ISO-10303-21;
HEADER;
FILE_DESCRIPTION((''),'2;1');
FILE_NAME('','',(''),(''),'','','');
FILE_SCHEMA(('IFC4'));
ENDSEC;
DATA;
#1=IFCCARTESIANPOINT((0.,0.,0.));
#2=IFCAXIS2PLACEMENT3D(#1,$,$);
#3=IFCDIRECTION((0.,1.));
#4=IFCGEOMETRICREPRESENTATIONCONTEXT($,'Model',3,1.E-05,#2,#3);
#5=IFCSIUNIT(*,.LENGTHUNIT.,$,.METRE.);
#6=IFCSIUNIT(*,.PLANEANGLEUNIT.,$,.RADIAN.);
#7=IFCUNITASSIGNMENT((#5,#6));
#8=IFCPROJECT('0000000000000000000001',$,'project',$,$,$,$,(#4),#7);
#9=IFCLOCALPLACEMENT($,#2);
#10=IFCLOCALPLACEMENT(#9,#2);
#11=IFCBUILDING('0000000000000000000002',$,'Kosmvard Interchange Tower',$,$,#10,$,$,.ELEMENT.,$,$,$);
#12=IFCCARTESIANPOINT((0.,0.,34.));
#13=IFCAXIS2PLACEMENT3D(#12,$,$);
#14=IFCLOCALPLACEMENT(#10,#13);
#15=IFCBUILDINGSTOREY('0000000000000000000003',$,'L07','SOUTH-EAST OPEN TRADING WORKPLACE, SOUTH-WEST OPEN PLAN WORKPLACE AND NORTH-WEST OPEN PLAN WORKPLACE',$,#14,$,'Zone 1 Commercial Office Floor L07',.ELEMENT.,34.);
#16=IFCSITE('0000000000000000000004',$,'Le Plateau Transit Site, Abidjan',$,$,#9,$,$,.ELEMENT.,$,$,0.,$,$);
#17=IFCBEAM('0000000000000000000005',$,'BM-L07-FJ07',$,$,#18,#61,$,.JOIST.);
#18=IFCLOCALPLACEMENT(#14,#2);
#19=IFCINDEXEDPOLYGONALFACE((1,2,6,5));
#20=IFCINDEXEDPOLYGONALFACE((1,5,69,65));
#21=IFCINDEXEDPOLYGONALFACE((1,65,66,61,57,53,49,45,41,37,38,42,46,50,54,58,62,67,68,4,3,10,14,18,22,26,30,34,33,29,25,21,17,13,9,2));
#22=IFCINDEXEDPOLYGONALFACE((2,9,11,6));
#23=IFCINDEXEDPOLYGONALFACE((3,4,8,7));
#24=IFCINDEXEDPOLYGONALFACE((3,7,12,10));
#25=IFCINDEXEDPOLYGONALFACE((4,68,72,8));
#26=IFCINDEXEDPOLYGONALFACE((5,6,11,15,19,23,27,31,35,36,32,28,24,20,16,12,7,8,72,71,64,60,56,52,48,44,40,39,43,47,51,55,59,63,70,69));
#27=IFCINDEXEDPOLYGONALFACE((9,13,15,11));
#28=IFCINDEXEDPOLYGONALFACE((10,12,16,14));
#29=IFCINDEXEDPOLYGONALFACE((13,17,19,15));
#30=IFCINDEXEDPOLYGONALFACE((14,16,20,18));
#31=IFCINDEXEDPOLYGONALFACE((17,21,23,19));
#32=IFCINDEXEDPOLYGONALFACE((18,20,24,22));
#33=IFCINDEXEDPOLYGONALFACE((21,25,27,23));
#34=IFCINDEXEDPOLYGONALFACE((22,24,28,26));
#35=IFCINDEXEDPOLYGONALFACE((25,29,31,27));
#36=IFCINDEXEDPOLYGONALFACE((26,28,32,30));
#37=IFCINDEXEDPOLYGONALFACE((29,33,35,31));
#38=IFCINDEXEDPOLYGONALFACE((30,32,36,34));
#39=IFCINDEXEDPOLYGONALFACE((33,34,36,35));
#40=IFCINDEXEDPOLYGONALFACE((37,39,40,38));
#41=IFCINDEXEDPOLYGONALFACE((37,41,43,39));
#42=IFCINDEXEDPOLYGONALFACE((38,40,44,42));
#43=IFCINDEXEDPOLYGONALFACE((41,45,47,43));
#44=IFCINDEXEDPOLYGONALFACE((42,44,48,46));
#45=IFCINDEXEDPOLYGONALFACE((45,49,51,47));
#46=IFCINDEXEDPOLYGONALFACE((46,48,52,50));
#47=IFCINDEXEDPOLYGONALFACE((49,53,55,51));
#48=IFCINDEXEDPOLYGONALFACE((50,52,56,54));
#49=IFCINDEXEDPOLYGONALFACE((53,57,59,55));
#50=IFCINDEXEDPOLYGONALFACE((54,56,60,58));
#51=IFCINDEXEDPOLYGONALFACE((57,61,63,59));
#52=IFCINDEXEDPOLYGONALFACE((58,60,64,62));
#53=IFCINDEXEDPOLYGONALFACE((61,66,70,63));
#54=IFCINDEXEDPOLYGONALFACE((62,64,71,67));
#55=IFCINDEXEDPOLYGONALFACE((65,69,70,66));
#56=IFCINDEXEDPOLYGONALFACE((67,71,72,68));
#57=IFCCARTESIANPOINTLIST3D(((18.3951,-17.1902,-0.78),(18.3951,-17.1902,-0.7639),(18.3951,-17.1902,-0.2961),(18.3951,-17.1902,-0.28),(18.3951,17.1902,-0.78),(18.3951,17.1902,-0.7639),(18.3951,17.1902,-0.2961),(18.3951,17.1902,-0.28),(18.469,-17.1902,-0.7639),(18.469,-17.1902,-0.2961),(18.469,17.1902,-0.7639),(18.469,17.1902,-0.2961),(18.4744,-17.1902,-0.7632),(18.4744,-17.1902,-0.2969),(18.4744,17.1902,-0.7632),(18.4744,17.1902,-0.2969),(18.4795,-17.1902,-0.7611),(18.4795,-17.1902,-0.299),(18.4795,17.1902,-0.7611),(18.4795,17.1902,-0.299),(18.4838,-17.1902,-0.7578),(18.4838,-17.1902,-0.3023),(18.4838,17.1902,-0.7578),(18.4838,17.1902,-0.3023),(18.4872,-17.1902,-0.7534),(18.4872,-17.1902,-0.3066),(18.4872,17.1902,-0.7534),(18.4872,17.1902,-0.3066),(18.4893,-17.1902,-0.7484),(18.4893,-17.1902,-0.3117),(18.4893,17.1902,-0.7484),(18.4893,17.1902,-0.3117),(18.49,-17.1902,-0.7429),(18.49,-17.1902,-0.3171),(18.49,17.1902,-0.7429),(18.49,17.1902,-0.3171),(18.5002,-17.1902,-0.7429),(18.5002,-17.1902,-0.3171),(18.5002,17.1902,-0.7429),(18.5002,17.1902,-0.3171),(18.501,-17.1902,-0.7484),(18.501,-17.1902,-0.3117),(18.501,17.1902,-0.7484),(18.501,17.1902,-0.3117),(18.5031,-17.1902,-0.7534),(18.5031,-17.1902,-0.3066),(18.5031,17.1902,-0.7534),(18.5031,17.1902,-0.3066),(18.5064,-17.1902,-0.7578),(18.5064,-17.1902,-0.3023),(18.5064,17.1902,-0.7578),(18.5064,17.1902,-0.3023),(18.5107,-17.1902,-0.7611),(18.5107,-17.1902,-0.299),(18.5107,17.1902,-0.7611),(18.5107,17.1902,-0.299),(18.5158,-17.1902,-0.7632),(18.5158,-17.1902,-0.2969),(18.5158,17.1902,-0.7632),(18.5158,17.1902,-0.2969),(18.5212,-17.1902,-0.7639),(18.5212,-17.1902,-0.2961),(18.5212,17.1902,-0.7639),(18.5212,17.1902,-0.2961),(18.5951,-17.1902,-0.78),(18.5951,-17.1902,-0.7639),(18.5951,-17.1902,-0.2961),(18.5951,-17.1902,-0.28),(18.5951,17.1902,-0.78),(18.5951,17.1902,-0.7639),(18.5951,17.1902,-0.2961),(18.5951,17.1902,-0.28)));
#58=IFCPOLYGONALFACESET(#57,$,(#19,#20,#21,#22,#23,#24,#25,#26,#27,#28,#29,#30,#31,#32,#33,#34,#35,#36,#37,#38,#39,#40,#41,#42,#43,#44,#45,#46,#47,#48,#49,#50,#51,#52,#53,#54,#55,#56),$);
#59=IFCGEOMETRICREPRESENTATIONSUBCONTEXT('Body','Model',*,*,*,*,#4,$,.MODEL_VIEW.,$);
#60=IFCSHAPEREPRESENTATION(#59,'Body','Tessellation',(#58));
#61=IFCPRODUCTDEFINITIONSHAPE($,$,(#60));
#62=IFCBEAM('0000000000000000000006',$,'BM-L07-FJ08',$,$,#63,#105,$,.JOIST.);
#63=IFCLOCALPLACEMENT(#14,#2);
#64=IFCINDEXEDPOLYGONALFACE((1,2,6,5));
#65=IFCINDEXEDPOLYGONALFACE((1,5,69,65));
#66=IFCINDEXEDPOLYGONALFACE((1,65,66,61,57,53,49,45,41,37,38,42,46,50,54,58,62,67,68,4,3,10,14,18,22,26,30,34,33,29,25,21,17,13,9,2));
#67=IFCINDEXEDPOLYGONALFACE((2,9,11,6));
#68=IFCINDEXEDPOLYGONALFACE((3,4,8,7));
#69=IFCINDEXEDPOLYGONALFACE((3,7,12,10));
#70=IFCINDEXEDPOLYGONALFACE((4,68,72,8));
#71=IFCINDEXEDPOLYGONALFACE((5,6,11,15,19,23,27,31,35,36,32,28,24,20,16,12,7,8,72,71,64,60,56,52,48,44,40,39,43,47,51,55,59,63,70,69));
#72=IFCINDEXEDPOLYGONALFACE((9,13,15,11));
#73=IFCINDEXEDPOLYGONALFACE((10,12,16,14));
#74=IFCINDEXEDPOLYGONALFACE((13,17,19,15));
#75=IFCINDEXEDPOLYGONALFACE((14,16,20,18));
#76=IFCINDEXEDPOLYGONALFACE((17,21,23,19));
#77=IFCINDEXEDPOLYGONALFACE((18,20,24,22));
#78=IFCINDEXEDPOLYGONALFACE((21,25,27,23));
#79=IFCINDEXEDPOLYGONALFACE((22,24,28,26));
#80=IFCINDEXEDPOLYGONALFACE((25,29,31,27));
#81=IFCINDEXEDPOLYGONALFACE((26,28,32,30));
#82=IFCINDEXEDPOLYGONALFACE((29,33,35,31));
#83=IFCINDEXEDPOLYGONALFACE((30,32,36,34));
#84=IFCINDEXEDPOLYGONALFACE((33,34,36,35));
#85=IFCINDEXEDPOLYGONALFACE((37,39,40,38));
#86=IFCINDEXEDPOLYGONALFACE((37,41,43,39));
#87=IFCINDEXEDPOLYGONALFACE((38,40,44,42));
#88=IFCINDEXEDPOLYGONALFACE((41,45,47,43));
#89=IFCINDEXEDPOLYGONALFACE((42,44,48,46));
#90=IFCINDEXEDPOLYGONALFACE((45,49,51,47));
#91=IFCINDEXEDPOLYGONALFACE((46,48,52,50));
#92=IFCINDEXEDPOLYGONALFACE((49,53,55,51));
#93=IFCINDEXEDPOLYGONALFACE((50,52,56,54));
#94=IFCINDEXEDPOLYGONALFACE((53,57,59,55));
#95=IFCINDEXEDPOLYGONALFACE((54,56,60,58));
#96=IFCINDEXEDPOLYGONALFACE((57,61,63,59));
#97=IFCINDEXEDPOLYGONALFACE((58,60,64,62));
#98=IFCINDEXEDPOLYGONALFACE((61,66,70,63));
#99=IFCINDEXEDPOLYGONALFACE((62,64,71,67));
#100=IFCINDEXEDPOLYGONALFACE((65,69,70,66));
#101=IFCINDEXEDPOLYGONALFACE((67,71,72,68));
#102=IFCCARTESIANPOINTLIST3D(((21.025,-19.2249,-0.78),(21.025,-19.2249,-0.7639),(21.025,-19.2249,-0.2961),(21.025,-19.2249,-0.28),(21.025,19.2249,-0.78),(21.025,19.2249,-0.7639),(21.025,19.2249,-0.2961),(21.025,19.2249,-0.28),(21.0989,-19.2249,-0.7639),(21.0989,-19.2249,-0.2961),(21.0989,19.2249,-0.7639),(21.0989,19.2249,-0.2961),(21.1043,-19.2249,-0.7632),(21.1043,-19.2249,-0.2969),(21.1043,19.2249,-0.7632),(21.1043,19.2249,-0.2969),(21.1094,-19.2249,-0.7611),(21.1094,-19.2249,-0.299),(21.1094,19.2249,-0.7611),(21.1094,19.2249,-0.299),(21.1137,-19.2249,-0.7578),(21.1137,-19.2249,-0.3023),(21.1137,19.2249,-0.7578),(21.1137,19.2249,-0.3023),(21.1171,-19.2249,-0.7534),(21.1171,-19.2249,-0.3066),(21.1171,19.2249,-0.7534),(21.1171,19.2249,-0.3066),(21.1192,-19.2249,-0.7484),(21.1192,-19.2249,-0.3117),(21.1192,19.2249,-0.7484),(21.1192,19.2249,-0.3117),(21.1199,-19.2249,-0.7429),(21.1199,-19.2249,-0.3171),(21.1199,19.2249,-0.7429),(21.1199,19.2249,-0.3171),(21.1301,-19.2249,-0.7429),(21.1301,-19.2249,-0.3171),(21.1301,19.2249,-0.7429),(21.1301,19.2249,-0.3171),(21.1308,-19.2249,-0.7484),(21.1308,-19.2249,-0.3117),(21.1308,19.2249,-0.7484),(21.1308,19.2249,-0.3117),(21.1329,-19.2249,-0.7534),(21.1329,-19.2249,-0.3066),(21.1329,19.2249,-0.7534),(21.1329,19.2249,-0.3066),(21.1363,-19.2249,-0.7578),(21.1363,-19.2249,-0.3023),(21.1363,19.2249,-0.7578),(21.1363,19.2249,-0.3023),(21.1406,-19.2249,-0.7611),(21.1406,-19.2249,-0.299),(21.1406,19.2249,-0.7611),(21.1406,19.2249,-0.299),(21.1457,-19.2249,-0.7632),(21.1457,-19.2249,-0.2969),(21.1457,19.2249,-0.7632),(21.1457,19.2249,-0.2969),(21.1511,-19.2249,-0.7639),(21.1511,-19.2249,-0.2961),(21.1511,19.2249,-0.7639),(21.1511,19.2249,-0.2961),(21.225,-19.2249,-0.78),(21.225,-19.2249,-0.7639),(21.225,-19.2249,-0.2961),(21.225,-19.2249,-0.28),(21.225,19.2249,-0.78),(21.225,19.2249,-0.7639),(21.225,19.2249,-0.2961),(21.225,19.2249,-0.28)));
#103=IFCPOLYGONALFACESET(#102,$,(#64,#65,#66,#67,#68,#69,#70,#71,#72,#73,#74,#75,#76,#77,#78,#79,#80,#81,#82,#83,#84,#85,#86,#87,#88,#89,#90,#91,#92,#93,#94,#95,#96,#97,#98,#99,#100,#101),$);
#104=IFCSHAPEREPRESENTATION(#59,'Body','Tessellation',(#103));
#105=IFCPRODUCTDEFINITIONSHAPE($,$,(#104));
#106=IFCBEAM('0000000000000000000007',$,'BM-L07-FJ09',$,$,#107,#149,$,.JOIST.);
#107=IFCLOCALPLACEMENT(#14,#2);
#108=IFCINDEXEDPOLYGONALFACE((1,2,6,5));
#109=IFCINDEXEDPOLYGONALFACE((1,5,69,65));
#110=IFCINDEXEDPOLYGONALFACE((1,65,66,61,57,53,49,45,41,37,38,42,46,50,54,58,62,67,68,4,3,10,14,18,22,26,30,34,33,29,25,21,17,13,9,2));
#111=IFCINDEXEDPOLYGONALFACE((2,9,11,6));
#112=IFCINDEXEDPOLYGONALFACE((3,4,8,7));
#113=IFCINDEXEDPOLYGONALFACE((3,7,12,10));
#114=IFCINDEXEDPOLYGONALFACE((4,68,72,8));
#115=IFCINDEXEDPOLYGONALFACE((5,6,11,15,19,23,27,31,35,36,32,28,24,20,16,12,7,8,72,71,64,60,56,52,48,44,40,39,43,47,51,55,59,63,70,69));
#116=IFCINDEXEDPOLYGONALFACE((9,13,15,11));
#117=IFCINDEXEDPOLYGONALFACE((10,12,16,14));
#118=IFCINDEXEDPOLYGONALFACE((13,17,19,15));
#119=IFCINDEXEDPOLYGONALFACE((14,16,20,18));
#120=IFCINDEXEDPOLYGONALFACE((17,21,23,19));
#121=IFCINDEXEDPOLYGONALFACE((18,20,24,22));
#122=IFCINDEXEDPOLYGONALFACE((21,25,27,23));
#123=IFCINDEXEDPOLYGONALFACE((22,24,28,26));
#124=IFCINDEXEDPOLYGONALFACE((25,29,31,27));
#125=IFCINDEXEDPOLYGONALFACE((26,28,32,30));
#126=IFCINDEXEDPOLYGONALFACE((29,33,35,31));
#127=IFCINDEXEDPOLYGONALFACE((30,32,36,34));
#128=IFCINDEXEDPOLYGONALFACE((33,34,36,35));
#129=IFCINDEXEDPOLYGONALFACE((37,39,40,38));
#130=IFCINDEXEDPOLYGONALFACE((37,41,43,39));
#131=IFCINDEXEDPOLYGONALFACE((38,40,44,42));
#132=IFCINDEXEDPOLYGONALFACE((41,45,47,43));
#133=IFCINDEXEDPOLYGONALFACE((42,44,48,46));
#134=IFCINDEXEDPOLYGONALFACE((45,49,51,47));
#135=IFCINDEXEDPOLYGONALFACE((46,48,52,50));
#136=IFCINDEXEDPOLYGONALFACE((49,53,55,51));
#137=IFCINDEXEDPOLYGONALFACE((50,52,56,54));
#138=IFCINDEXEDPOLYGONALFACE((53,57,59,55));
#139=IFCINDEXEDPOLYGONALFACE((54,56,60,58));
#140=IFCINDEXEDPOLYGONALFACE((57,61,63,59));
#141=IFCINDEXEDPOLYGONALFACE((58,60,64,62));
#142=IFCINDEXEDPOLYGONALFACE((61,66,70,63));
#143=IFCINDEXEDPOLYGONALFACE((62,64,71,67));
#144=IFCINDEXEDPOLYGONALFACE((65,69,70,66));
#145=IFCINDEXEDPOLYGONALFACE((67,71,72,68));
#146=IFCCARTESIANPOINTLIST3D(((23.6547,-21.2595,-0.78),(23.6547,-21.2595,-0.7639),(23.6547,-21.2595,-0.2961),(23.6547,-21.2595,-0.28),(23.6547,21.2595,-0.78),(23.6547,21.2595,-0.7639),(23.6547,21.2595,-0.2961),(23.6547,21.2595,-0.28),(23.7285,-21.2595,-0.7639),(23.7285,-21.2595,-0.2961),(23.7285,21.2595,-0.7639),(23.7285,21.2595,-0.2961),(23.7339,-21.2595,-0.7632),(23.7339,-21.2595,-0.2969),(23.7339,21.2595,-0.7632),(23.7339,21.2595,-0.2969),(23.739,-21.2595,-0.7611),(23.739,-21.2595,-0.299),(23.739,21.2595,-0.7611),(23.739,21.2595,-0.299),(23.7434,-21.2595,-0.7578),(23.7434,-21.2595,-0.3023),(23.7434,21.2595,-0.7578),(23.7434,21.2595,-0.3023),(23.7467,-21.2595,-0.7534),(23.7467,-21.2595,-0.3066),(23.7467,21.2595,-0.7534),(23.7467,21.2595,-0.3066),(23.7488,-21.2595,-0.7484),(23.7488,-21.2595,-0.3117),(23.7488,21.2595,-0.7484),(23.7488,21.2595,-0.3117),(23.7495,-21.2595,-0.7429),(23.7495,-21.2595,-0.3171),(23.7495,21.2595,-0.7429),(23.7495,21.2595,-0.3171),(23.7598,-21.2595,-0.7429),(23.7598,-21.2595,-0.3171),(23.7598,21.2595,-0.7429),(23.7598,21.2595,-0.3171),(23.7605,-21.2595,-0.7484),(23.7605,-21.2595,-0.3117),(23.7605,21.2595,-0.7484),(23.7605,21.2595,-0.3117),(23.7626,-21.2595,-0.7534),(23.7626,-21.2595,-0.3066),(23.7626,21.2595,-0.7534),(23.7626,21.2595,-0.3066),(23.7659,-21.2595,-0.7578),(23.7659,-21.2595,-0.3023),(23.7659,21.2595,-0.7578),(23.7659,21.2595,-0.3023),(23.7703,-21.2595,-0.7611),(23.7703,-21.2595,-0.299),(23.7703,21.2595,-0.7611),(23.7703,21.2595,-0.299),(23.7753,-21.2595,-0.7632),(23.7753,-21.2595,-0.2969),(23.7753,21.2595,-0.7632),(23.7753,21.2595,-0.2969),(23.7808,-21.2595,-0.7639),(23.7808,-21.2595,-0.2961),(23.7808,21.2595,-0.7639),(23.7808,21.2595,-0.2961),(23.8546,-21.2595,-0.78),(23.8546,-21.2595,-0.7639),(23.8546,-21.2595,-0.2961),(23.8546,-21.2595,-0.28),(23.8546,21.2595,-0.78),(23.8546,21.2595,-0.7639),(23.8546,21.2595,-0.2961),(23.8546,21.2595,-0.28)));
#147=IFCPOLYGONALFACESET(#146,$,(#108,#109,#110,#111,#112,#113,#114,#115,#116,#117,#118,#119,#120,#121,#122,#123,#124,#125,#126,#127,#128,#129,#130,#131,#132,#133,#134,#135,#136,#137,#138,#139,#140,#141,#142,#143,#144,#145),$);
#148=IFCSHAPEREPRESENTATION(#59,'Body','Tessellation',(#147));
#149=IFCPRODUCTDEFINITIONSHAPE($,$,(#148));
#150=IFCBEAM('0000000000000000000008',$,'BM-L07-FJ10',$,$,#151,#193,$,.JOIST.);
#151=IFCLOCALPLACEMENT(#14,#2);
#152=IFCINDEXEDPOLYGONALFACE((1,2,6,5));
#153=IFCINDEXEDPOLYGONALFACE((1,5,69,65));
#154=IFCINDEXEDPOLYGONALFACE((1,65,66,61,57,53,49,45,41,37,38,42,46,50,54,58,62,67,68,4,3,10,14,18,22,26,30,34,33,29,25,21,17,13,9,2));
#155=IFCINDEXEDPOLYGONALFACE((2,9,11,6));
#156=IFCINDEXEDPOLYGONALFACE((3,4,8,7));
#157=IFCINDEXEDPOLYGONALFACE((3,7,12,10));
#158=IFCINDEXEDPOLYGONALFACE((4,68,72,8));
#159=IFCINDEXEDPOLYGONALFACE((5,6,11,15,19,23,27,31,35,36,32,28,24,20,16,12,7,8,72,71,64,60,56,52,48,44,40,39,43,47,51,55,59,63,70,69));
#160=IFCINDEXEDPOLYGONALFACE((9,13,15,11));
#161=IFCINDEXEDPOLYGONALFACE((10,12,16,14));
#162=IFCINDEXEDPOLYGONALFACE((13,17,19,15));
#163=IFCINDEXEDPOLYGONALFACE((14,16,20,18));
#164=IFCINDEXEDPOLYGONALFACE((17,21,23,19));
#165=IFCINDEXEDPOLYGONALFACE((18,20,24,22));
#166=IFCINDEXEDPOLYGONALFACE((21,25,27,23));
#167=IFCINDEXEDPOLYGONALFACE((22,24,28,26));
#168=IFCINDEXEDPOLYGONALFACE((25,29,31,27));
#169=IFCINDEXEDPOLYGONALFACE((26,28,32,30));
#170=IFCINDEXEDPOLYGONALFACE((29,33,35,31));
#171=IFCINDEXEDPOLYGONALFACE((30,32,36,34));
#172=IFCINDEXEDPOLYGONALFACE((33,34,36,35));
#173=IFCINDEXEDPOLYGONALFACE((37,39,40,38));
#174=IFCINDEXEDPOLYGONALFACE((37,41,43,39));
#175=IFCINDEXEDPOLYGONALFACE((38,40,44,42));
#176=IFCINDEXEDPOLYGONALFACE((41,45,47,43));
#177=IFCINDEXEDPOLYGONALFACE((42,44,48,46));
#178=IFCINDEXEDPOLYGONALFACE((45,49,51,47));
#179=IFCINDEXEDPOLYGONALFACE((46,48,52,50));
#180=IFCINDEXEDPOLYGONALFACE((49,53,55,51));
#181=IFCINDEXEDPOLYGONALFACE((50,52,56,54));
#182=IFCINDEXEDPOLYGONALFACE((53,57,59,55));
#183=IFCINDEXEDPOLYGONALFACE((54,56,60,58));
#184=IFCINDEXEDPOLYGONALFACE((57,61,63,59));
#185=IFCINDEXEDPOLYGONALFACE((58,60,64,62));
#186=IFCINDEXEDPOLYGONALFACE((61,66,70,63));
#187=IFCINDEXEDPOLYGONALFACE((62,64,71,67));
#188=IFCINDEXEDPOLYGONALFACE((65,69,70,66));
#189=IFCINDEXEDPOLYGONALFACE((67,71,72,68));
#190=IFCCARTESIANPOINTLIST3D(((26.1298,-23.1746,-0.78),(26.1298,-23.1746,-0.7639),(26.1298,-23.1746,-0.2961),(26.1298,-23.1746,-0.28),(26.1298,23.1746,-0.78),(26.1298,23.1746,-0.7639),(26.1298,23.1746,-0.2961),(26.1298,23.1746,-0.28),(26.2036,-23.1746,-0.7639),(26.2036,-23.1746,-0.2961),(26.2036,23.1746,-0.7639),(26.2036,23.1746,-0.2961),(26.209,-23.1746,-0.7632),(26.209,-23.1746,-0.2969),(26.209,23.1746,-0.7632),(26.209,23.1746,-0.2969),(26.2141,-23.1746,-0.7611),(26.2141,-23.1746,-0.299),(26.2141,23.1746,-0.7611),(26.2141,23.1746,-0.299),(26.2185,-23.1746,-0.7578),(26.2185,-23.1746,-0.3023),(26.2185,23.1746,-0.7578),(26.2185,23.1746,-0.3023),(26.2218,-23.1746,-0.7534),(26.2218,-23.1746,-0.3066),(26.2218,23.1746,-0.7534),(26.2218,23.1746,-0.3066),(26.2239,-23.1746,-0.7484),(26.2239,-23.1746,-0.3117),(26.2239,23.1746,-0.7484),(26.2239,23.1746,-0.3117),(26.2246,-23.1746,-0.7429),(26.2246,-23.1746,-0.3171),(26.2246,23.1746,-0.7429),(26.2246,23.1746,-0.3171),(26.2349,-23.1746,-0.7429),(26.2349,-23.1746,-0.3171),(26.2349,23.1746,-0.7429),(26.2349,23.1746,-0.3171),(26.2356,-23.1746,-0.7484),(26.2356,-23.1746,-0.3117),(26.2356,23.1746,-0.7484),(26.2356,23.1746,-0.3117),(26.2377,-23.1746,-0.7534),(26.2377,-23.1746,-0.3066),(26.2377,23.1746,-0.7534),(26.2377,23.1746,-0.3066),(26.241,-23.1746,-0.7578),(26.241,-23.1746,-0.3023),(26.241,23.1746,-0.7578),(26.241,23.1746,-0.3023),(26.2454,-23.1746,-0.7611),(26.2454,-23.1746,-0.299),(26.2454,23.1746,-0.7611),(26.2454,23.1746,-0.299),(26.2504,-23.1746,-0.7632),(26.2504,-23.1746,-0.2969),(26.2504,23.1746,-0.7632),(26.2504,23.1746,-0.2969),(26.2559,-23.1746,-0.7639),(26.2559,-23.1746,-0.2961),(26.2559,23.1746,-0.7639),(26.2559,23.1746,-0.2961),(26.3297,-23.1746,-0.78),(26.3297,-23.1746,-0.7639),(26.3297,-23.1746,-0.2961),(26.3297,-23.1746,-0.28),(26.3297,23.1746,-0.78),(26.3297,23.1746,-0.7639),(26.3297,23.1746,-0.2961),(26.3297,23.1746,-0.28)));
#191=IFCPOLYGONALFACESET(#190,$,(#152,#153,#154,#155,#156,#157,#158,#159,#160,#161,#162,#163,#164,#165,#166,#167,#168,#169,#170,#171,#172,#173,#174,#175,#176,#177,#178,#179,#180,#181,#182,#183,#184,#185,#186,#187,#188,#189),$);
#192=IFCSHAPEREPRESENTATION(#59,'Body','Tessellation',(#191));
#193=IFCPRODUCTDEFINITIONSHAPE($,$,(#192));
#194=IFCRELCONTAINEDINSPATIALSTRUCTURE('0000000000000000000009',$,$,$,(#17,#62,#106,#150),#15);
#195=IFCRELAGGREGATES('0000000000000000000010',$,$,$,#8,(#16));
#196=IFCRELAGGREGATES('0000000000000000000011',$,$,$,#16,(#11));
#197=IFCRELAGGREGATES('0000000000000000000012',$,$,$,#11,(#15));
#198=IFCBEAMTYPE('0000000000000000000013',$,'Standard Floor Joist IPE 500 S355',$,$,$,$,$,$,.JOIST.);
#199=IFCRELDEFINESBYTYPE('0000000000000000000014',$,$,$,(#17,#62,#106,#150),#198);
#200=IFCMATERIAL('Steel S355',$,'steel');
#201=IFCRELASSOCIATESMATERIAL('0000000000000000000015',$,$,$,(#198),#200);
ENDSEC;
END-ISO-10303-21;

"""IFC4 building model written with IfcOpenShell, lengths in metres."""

from ifc_helpers import new_model, si_unit, direction, frame, origin, origin_2d, place, context, subcontext, project, spatial, i_section, extrude, source, transform, mapped, material, material_profile, profile_set, type_object, element, save


model = new_model("IFC4")

# Units and contexts
model_context = context("Model", 3, precision=1e-05, world=origin(), true_north=direction((0.0, 1.0)))
body_context = subcontext(model_context, "Body", "Model", "MODEL_VIEW")
ifc_project = project(units=[si_unit("LENGTHUNIT", "METRE"), si_unit("PLANEANGLEUNIT", "RADIAN")], contexts=[model_context])

# Site, building, storey
site_placement = place(None, origin())
site = spatial("IfcSite", under=ifc_project, at=site_placement, Name="Le Plateau Transit Site, Abidjan", CompositionType="ELEMENT", RefElevation=0.0)
building_placement = place(site_placement, origin())
building = spatial("IfcBuilding", under=site, at=building_placement, Name="Kosmvard Interchange Tower", CompositionType="ELEMENT")
storey_placement = place(building_placement, frame((0.0, 0.0, 34.0)))
storey = spatial("IfcBuildingStorey", under=building, at=storey_placement, Name="L07", Description="SOUTH-EAST OPEN TRADING WORKPLACE, SOUTH-WEST OPEN PLAN WORKPLACE AND NORTH-WEST OPEN PLAN WORKPLACE", LongName="Zone 1 Commercial Office Floor L07", CompositionType="ELEMENT", Elevation=34.0)

# Beams
ifc_material_1 = material(Name="Steel S355", Category="steel")
ifc_material_profile_1 = material_profile(ifc_material_1, i_section(OverallWidth=0.2, OverallDepth=0.5, WebThickness=0.0103, FlangeThickness=0.0161, FilletRadius=0.021, at=origin_2d()), Name="IPE 500")
ifc_profile_set_1 = profile_set([ifc_material_profile_1], Name="Steel S355")
beam_type_1 = type_object("IfcBeamType", Name="Standard Floor Joist IPE 500 S355", PredefinedType="JOIST", material=ifc_profile_set_1)
shared_shape_1 = source(origin(), body_context, "Body", "SweptSolid", [
    extrude(i_section(OverallWidth=0.2, OverallDepth=0.5, WebThickness=0.0103, FlangeThickness=0.0161, FilletRadius=0.021, at=origin_2d()), origin(), (0.0, 0.0, 1.0), 34.3804),
])
beam_1_placement = place(storey_placement, frame((18.4951, -17.1902, -0.53), z_axis=(0.0, 1.0, 0.0), x_axis=(-1.0, 0.0, 0.0)))
element("IfcBeam", 1, at=beam_1_placement, inside=storey, type_object=beam_type_1, Name="BM-L07-FJ07", PredefinedType="JOIST", context=body_context, shape_type="MappedRepresentation", body=[
    mapped(shared_shape_1, transform((0.0, 0.0, 0.0), scale=1.0)),
])
shared_shape_2 = source(origin(), body_context, "Body", "SweptSolid", [
    extrude(i_section(OverallWidth=0.2, OverallDepth=0.5, WebThickness=0.0103, FlangeThickness=0.0161, FilletRadius=0.021, at=origin_2d()), origin(), (0.0, 0.0, 1.0), 38.4497),
])
beam_2_placement = place(storey_placement, frame((21.125, -19.2249, -0.53), z_axis=(0.0, 1.0, 0.0), x_axis=(-1.0, 0.0, 0.0)))
element("IfcBeam", 2, at=beam_2_placement, inside=storey, type_object=beam_type_1, Name="BM-L07-FJ08", PredefinedType="JOIST", context=body_context, shape_type="MappedRepresentation", body=[
    mapped(shared_shape_2, transform((0.0, 0.0, 0.0), scale=1.0)),
])
shared_shape_3 = source(origin(), body_context, "Body", "SweptSolid", [
    extrude(i_section(OverallWidth=0.2, OverallDepth=0.5, WebThickness=0.0103, FlangeThickness=0.0161, FilletRadius=0.021, at=origin_2d()), origin(), (0.0, 0.0, 1.0), 42.519),
])
beam_3_placement = place(storey_placement, frame((23.7546, -21.2595, -0.53), z_axis=(0.0, 1.0, 0.0), x_axis=(-1.0, 0.0, 0.0)))
element("IfcBeam", 3, at=beam_3_placement, inside=storey, type_object=beam_type_1, Name="BM-L07-FJ09", PredefinedType="JOIST", context=body_context, shape_type="MappedRepresentation", body=[
    mapped(shared_shape_3, transform((0.0, 0.0, 0.0), scale=1.0)),
])
shared_shape_4 = source(origin(), body_context, "Body", "SweptSolid", [
    extrude(i_section(OverallWidth=0.2, OverallDepth=0.5, WebThickness=0.0103, FlangeThickness=0.0161, FilletRadius=0.021, at=origin_2d()), origin(), (0.0, 0.0, 1.0), 46.3491),
])
beam_4_placement = place(storey_placement, frame((26.2297, -23.1746, -0.53), z_axis=(0.0, 1.0, 0.0), x_axis=(-1.0, 0.0, 0.0)))
element("IfcBeam", 4, at=beam_4_placement, inside=storey, type_object=beam_type_1, Name="BM-L07-FJ10", PredefinedType="JOIST", context=body_context, shape_type="MappedRepresentation", body=[
    mapped(shared_shape_4, transform((0.0, 0.0, 0.0), scale=1.0)),
])

save(model, "model.ifc")
